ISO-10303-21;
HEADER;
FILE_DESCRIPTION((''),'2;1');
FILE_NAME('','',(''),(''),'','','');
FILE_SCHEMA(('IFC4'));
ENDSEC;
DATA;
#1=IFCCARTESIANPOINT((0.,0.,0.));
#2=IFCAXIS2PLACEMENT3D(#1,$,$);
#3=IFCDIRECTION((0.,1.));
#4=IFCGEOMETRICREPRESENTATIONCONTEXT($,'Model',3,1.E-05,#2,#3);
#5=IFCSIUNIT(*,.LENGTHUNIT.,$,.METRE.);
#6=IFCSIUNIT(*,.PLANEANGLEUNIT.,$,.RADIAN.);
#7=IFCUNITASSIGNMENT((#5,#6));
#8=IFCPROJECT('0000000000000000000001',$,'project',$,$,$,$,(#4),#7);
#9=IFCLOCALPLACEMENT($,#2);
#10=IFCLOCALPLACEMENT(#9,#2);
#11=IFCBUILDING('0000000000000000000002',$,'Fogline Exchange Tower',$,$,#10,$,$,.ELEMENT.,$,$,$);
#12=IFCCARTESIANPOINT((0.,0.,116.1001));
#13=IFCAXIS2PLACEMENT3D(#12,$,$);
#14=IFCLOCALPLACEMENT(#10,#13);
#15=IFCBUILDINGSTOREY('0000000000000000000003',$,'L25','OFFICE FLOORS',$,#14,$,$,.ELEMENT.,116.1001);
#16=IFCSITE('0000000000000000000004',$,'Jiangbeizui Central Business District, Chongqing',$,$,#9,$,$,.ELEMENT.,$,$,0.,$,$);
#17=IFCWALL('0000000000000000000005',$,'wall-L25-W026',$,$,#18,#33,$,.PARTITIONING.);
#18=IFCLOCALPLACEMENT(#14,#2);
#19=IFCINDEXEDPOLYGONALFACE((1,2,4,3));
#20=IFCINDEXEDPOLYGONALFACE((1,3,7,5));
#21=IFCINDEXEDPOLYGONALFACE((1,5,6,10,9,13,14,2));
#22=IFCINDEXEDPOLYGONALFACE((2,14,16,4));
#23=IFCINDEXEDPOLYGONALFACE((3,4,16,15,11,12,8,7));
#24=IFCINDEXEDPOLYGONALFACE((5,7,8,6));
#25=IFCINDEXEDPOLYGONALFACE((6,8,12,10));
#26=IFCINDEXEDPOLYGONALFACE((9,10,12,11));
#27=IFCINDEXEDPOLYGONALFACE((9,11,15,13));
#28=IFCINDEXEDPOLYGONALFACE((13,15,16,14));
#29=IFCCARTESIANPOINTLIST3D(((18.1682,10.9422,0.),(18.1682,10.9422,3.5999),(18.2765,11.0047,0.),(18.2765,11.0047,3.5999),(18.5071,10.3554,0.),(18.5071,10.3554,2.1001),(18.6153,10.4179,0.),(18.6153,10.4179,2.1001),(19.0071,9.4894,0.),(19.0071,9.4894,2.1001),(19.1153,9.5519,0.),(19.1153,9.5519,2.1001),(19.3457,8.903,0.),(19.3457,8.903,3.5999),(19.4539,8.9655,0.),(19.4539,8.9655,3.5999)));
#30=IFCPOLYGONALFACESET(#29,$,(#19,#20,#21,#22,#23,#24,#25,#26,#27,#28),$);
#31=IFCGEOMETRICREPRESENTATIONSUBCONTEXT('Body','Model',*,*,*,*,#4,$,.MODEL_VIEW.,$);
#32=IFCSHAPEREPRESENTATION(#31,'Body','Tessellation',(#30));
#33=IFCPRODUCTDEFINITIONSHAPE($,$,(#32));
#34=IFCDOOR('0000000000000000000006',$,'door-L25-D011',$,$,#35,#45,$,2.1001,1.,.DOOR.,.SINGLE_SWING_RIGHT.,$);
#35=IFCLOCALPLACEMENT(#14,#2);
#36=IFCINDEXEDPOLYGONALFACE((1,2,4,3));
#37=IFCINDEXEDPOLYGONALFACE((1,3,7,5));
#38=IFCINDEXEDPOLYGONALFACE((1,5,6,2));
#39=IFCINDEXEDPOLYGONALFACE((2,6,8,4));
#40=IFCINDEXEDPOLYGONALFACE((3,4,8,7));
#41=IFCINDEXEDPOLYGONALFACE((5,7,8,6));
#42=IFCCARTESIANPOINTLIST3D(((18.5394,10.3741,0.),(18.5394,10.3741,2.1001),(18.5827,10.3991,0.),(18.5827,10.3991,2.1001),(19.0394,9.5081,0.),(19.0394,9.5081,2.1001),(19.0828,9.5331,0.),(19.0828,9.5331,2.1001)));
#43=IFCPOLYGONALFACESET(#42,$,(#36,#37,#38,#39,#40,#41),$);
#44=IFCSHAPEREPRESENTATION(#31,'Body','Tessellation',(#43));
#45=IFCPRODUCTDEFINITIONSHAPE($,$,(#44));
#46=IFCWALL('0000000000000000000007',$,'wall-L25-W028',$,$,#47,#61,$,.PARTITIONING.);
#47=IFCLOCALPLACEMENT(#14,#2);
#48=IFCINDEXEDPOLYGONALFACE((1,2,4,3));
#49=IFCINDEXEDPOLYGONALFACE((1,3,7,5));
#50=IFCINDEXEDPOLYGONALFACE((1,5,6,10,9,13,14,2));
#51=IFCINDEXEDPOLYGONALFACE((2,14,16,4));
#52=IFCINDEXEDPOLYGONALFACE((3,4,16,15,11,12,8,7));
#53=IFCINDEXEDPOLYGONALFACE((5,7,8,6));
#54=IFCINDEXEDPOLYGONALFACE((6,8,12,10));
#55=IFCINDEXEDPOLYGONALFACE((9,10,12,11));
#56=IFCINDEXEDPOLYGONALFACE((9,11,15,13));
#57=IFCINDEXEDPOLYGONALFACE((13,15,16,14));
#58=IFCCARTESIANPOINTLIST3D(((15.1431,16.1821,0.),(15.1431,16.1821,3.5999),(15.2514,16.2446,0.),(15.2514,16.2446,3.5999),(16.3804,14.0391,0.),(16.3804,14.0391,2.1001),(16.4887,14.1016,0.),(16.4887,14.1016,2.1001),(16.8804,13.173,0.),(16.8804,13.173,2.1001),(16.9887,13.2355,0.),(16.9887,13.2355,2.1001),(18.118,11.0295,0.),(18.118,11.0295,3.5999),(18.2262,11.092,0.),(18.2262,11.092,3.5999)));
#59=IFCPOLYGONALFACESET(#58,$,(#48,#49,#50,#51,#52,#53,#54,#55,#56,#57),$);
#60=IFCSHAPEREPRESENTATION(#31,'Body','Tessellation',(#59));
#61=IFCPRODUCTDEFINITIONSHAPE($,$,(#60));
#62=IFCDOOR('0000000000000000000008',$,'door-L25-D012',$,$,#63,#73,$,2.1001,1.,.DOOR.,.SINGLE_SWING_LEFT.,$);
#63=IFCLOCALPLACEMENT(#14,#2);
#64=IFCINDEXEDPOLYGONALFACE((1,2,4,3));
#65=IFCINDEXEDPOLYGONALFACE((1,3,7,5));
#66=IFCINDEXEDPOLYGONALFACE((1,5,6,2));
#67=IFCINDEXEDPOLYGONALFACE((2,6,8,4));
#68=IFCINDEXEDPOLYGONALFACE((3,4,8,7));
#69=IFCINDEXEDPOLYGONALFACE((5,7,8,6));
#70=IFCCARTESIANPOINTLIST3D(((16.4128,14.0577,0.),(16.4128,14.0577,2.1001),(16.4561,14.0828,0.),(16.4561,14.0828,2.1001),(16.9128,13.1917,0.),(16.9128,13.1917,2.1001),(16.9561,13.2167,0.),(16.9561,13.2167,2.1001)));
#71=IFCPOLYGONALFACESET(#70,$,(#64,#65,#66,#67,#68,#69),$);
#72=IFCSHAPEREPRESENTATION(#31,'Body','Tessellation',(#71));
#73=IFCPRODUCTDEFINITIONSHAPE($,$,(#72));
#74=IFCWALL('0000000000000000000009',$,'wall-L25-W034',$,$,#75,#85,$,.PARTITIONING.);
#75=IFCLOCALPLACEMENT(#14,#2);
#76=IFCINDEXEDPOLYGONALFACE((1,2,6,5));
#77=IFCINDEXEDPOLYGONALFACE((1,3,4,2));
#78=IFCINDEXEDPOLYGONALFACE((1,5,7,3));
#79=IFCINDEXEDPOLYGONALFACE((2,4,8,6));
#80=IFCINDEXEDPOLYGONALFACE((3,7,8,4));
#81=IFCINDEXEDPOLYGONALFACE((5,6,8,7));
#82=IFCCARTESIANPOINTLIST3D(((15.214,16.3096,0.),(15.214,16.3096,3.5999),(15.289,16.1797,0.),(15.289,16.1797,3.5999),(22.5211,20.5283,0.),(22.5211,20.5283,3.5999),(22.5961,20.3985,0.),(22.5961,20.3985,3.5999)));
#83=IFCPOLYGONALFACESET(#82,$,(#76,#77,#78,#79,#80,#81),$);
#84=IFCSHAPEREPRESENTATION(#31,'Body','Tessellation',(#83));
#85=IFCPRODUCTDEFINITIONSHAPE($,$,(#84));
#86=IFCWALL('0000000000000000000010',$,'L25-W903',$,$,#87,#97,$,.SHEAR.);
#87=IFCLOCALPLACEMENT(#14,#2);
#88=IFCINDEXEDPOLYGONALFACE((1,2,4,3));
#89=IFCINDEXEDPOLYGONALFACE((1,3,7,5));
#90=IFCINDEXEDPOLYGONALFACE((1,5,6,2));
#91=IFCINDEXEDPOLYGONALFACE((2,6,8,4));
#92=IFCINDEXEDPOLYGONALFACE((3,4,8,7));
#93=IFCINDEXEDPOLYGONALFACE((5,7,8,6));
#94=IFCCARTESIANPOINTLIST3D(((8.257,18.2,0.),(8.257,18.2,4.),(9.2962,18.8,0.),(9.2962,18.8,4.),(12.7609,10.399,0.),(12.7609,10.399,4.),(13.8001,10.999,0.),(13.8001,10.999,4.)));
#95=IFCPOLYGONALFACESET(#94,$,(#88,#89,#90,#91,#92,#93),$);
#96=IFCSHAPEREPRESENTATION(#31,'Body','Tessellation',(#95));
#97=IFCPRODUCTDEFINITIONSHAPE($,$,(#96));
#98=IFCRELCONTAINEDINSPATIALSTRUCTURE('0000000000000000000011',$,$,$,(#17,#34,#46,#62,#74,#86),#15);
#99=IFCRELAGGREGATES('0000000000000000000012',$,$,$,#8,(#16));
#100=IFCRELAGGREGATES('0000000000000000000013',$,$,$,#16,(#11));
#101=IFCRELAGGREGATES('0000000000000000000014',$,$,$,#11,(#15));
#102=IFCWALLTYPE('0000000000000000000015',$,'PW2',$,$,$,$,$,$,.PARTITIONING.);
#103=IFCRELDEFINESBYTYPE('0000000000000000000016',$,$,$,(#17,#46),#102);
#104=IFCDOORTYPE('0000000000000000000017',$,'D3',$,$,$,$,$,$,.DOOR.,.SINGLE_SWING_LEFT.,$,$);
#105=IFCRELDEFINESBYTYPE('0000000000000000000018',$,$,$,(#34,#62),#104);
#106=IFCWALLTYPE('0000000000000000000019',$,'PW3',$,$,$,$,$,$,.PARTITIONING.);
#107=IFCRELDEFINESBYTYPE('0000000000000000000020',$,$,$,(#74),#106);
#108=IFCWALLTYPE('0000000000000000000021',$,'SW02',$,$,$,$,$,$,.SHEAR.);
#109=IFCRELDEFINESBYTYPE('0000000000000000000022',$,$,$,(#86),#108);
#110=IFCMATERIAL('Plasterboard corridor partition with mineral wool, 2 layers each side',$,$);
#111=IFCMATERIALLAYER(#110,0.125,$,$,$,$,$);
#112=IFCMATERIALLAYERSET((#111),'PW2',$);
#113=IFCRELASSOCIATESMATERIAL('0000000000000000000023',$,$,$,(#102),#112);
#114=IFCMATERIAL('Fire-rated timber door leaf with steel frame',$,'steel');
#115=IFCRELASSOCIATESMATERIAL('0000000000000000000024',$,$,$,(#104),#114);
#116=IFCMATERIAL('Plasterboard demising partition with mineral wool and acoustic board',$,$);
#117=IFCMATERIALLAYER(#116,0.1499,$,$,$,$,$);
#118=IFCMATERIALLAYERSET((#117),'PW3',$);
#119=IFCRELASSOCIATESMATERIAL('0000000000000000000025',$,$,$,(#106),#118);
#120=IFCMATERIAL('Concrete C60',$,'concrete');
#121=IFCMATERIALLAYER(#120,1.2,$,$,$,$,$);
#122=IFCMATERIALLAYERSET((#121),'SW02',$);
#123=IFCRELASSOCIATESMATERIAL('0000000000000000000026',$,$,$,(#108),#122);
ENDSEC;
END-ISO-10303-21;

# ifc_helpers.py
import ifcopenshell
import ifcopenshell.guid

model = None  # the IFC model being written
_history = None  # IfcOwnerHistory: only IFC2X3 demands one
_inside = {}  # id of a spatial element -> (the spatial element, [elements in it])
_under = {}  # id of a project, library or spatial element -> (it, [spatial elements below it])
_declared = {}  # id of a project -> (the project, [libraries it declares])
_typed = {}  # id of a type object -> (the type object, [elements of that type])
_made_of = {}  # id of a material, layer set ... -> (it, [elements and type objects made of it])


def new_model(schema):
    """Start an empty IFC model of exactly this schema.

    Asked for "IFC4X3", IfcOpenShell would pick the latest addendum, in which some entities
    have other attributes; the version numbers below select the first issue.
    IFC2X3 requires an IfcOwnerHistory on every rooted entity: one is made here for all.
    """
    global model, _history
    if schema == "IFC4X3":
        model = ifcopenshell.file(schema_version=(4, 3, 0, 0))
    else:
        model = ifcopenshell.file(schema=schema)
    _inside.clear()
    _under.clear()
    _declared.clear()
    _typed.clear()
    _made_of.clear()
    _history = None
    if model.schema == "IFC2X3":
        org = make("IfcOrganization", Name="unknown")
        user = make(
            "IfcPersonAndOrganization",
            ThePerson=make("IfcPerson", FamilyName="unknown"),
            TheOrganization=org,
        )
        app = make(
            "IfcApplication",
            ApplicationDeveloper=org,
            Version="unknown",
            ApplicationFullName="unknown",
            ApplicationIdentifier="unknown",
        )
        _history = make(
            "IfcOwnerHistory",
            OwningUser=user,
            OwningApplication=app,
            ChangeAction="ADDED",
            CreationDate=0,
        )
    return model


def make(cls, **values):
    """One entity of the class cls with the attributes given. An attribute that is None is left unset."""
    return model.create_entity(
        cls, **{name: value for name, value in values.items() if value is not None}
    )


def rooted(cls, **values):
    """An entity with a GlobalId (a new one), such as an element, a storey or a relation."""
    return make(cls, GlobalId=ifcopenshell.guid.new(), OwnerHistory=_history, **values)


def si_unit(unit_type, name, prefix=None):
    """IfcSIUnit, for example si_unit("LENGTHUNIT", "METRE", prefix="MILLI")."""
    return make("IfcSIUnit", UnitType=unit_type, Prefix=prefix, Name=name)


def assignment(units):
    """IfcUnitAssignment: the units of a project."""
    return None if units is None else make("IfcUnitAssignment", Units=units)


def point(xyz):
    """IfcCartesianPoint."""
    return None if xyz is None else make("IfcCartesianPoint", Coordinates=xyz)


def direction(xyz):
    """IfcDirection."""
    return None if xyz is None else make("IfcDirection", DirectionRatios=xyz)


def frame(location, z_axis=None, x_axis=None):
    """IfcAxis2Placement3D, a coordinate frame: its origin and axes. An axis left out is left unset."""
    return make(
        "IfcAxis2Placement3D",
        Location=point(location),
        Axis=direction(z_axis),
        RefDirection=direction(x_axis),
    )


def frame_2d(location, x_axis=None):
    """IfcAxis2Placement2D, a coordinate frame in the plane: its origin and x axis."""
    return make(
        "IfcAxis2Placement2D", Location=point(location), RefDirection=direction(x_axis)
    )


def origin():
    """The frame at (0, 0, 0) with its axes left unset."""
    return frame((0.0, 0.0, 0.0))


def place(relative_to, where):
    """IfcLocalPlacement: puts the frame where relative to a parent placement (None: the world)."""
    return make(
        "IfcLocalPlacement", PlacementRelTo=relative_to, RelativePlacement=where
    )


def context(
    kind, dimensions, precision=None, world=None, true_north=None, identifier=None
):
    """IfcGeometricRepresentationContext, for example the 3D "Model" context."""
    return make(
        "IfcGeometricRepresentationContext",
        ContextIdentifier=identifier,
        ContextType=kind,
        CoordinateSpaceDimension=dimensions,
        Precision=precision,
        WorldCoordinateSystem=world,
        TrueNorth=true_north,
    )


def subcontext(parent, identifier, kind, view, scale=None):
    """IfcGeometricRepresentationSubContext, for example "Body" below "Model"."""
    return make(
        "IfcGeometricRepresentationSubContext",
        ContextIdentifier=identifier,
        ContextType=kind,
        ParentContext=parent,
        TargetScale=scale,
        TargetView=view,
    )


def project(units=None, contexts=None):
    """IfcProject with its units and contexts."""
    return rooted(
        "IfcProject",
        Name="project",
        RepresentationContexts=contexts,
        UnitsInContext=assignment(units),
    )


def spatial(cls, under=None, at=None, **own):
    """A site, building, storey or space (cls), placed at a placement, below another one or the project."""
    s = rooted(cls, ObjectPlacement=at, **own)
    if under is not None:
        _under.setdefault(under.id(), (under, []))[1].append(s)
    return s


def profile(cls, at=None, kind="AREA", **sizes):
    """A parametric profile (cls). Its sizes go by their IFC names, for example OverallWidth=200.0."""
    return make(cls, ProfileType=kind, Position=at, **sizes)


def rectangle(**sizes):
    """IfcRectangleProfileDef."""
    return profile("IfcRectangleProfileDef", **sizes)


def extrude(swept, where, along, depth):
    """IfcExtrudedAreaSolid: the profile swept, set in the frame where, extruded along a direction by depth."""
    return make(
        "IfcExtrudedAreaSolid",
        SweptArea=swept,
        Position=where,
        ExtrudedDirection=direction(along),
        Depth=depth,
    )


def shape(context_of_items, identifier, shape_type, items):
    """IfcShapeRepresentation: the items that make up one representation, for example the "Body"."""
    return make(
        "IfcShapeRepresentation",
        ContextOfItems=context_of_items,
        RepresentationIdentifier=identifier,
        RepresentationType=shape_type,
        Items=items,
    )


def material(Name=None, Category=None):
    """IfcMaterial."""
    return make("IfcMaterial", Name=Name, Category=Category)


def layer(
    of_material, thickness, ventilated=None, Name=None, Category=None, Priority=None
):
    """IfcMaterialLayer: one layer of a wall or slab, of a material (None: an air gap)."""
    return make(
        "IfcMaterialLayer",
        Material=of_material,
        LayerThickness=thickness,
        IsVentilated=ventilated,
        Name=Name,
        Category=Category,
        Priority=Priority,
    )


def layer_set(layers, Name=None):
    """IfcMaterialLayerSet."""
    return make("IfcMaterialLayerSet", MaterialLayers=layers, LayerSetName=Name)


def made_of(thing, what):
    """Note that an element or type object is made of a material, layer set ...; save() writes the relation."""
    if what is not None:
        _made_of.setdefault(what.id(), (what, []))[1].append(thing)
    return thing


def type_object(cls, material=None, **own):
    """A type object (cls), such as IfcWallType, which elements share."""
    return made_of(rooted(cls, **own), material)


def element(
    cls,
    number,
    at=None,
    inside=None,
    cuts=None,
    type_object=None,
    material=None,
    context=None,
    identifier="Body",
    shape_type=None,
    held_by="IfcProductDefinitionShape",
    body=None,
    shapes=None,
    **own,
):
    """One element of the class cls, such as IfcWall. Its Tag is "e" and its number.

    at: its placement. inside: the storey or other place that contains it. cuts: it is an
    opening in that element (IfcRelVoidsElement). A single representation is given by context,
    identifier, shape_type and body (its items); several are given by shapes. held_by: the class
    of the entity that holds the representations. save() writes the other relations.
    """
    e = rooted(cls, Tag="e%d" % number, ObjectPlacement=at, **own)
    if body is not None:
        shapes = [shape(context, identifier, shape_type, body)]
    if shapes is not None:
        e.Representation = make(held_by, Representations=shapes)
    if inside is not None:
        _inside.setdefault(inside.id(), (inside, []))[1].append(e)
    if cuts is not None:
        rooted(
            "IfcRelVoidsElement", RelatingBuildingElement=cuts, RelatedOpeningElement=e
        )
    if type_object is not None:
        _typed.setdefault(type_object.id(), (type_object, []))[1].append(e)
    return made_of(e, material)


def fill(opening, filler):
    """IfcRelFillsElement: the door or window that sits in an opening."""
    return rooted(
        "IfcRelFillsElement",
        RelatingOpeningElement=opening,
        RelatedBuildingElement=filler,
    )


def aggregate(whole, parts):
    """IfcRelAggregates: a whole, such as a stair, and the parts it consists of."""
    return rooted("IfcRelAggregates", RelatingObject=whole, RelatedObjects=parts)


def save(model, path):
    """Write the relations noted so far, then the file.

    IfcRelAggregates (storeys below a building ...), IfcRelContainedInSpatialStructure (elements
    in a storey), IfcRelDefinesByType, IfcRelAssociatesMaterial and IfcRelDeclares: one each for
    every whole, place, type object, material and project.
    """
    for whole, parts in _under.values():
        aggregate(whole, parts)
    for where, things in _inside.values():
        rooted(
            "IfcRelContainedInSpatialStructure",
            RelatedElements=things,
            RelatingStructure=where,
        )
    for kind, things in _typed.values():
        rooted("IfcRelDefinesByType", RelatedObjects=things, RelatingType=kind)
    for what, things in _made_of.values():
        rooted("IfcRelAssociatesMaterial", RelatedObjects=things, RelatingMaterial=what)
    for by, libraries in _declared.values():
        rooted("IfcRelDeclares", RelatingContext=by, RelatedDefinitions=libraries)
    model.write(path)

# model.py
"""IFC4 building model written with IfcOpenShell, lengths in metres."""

from ifc_helpers import new_model, si_unit, direction, frame, frame_2d, origin, place, context, subcontext, project, spatial, rectangle, extrude, material, layer, layer_set, type_object, element, fill, save


model = new_model("IFC4")

# Units and contexts
model_context = context("Model", 3, precision=1e-05, world=origin(), true_north=direction((0.0, 1.0)))
body_context = subcontext(model_context, "Body", "Model", "MODEL_VIEW")
ifc_project = project(units=[si_unit("LENGTHUNIT", "METRE"), si_unit("PLANEANGLEUNIT", "RADIAN")], contexts=[model_context])

# Site, building, storey
site_placement = place(None, origin())
site = spatial("IfcSite", under=ifc_project, at=site_placement, Name="Jiangbeizui Central Business District, Chongqing", CompositionType="ELEMENT", RefElevation=0.0)
building_placement = place(site_placement, origin())
building = spatial("IfcBuilding", under=site, at=building_placement, Name="Fogline Exchange Tower", CompositionType="ELEMENT")
storey_placement = place(building_placement, frame((0.0, 0.0, 116.1001)))
storey = spatial("IfcBuildingStorey", under=building, at=storey_placement, Name="L25", Description="OFFICE FLOORS", CompositionType="ELEMENT", Elevation=116.1001)

# Walls, openings, doors
ifc_material_1 = material(Name="Plasterboard corridor partition with mineral wool, 2 layers each side")
ifc_layer_1 = layer(ifc_material_1, 0.125)
ifc_layer_set_1 = layer_set([ifc_layer_1], Name="PW2")
wall_type_1 = type_object("IfcWallType", Name="PW2", PredefinedType="PARTITIONING", material=ifc_layer_set_1)
wall_1_placement = place(storey_placement, frame((18.2224, 10.9734, 0.0), z_axis=(0.0, 0.0, 1.0), x_axis=(0.500031, -0.866008, 0.0)))
wall_1 = element("IfcWall", 1, at=wall_1_placement, inside=storey, type_object=wall_type_1, Name="wall-L25-W026", PredefinedType="PARTITIONING", context=body_context, shape_type="SweptSolid", body=[
    extrude(rectangle(XDim=2.3547, YDim=0.125, at=frame_2d((1.1772, 0.0))), origin(), (0.0, 0.0, 1.0), 3.5999),
])
opening_1_placement = place(wall_1_placement, frame((0.6775, 0.0, 0.0)))
opening_1 = element("IfcOpeningElement", 2, at=opening_1_placement, cuts=wall_1, PredefinedType="OPENING", context=body_context, shape_type="SweptSolid", body=[
    extrude(rectangle(XDim=1.0, YDim=2.1001, at=frame_2d((0.5, 1.05))), frame((0.0, 0.0725, 0.0), z_axis=(0.0, -1.0, 0.0), x_axis=(1.0, 0.0, 0.0)), (0.0, 0.0, 1.0), 0.145),
])
ifc_material_2 = material(Name="Fire-rated timber door leaf with steel frame", Category="steel")
door_type_1 = type_object("IfcDoorType", Name="D3", OperationType="SINGLE_SWING_LEFT", PredefinedType="DOOR", material=ifc_material_2)
door_1_placement = place(opening_1_placement, origin())
door_1 = element("IfcDoor", 3, at=door_1_placement, inside=storey, type_object=door_type_1, Name="door-L25-D011", OperationType="SINGLE_SWING_RIGHT", OverallHeight=2.1001, OverallWidth=1.0, PredefinedType="DOOR", context=body_context, shape_type="SweptSolid", body=[
    extrude(rectangle(XDim=1.0, YDim=2.1001, at=frame_2d((0.5, 1.05))), frame((0.0, 0.0249, 0.0), z_axis=(0.0, -1.0, 0.0), x_axis=(1.0, 0.0, 0.0)), (0.0, 0.0, 1.0), 0.05),
])
fill(opening_1, door_1)
wall_2_placement = place(storey_placement, frame((15.1973, 16.2134, 0.0), z_axis=(0.0, 0.0, 1.0), x_axis=(0.500001, -0.866025, 0.0)))
wall_2 = element("IfcWall", 4, at=wall_2_placement, inside=storey, type_object=wall_type_1, Name="wall-L25-W028", PredefinedType="PARTITIONING", context=body_context, shape_type="SweptSolid", body=[
    extrude(rectangle(XDim=5.9497, YDim=0.125, at=frame_2d((2.9749, 0.0))), origin(), (0.0, 0.0, 1.0), 3.5999),
])
opening_2_placement = place(wall_2_placement, frame((2.4746, 0.0, 0.0)))
opening_2 = element("IfcOpeningElement", 5, at=opening_2_placement, cuts=wall_2, PredefinedType="OPENING", context=body_context, shape_type="SweptSolid", body=[
    extrude(rectangle(XDim=1.0, YDim=2.1001, at=frame_2d((0.5, 1.05))), frame((0.0, 0.0725, 0.0), z_axis=(0.0, -1.0, 0.0), x_axis=(1.0, 0.0, 0.0)), (0.0, 0.0, 1.0), 0.145),
])
door_2_placement = place(opening_2_placement, origin())
door_2 = element("IfcDoor", 6, at=door_2_placement, inside=storey, type_object=door_type_1, Name="door-L25-D012", OperationType="SINGLE_SWING_LEFT", OverallHeight=2.1001, OverallWidth=1.0, PredefinedType="DOOR", context=body_context, shape_type="SweptSolid", body=[
    extrude(rectangle(XDim=1.0, YDim=2.1001, at=frame_2d((0.5, 1.05))), frame((0.0, 0.0249, 0.0), z_axis=(0.0, -1.0, 0.0), x_axis=(1.0, 0.0, 0.0)), (0.0, 0.0, 1.0), 0.05),
])
fill(opening_2, door_2)

# Walls
ifc_material_3 = material(Name="Plasterboard demising partition with mineral wool and acoustic board")
ifc_layer_2 = layer(ifc_material_3, 0.1499)
ifc_layer_set_2 = layer_set([ifc_layer_2], Name="PW3")
wall_type_2 = type_object("IfcWallType", Name="PW3", PredefinedType="PARTITIONING", material=ifc_layer_set_2)
wall_3_placement = place(storey_placement, frame((22.5586, 20.4634, 0.0), z_axis=(0.0, 0.0, 1.0), x_axis=(-0.866027, -0.499998, 0.0)))
element("IfcWall", 7, at=wall_3_placement, inside=storey, type_object=wall_type_2, Name="wall-L25-W034", PredefinedType="PARTITIONING", context=body_context, shape_type="SweptSolid", body=[
    extrude(rectangle(XDim=8.4375, YDim=0.1499, at=frame_2d((4.2188, 0.0))), origin(), (0.0, 0.0, 1.0), 3.5999),
])
ifc_material_4 = material(Name="Concrete C60", Category="concrete")
ifc_layer_3 = layer(ifc_material_4, 1.2)
ifc_layer_set_3 = layer_set([ifc_layer_3], Name="SW02")
wall_type_3 = type_object("IfcWallType", Name="SW02", PredefinedType="SHEAR", material=ifc_layer_set_3)
wall_4_placement = place(storey_placement, frame((13.2805, 10.699, 0.0), z_axis=(0.0, 0.0, 1.0), x_axis=(-0.499999, 0.866026, 0.0)))
element("IfcWall", 8, at=wall_4_placement, inside=storey, type_object=wall_type_3, Name="L25-W903", PredefinedType="SHEAR", context=body_context, shape_type="SweptSolid", body=[
    extrude(rectangle(XDim=9.0078, YDim=1.2, at=frame_2d((4.5039, 0.0))), origin(), (0.0, 0.0, 1.0), 4.0),
])

save(model, "model.ifc")
